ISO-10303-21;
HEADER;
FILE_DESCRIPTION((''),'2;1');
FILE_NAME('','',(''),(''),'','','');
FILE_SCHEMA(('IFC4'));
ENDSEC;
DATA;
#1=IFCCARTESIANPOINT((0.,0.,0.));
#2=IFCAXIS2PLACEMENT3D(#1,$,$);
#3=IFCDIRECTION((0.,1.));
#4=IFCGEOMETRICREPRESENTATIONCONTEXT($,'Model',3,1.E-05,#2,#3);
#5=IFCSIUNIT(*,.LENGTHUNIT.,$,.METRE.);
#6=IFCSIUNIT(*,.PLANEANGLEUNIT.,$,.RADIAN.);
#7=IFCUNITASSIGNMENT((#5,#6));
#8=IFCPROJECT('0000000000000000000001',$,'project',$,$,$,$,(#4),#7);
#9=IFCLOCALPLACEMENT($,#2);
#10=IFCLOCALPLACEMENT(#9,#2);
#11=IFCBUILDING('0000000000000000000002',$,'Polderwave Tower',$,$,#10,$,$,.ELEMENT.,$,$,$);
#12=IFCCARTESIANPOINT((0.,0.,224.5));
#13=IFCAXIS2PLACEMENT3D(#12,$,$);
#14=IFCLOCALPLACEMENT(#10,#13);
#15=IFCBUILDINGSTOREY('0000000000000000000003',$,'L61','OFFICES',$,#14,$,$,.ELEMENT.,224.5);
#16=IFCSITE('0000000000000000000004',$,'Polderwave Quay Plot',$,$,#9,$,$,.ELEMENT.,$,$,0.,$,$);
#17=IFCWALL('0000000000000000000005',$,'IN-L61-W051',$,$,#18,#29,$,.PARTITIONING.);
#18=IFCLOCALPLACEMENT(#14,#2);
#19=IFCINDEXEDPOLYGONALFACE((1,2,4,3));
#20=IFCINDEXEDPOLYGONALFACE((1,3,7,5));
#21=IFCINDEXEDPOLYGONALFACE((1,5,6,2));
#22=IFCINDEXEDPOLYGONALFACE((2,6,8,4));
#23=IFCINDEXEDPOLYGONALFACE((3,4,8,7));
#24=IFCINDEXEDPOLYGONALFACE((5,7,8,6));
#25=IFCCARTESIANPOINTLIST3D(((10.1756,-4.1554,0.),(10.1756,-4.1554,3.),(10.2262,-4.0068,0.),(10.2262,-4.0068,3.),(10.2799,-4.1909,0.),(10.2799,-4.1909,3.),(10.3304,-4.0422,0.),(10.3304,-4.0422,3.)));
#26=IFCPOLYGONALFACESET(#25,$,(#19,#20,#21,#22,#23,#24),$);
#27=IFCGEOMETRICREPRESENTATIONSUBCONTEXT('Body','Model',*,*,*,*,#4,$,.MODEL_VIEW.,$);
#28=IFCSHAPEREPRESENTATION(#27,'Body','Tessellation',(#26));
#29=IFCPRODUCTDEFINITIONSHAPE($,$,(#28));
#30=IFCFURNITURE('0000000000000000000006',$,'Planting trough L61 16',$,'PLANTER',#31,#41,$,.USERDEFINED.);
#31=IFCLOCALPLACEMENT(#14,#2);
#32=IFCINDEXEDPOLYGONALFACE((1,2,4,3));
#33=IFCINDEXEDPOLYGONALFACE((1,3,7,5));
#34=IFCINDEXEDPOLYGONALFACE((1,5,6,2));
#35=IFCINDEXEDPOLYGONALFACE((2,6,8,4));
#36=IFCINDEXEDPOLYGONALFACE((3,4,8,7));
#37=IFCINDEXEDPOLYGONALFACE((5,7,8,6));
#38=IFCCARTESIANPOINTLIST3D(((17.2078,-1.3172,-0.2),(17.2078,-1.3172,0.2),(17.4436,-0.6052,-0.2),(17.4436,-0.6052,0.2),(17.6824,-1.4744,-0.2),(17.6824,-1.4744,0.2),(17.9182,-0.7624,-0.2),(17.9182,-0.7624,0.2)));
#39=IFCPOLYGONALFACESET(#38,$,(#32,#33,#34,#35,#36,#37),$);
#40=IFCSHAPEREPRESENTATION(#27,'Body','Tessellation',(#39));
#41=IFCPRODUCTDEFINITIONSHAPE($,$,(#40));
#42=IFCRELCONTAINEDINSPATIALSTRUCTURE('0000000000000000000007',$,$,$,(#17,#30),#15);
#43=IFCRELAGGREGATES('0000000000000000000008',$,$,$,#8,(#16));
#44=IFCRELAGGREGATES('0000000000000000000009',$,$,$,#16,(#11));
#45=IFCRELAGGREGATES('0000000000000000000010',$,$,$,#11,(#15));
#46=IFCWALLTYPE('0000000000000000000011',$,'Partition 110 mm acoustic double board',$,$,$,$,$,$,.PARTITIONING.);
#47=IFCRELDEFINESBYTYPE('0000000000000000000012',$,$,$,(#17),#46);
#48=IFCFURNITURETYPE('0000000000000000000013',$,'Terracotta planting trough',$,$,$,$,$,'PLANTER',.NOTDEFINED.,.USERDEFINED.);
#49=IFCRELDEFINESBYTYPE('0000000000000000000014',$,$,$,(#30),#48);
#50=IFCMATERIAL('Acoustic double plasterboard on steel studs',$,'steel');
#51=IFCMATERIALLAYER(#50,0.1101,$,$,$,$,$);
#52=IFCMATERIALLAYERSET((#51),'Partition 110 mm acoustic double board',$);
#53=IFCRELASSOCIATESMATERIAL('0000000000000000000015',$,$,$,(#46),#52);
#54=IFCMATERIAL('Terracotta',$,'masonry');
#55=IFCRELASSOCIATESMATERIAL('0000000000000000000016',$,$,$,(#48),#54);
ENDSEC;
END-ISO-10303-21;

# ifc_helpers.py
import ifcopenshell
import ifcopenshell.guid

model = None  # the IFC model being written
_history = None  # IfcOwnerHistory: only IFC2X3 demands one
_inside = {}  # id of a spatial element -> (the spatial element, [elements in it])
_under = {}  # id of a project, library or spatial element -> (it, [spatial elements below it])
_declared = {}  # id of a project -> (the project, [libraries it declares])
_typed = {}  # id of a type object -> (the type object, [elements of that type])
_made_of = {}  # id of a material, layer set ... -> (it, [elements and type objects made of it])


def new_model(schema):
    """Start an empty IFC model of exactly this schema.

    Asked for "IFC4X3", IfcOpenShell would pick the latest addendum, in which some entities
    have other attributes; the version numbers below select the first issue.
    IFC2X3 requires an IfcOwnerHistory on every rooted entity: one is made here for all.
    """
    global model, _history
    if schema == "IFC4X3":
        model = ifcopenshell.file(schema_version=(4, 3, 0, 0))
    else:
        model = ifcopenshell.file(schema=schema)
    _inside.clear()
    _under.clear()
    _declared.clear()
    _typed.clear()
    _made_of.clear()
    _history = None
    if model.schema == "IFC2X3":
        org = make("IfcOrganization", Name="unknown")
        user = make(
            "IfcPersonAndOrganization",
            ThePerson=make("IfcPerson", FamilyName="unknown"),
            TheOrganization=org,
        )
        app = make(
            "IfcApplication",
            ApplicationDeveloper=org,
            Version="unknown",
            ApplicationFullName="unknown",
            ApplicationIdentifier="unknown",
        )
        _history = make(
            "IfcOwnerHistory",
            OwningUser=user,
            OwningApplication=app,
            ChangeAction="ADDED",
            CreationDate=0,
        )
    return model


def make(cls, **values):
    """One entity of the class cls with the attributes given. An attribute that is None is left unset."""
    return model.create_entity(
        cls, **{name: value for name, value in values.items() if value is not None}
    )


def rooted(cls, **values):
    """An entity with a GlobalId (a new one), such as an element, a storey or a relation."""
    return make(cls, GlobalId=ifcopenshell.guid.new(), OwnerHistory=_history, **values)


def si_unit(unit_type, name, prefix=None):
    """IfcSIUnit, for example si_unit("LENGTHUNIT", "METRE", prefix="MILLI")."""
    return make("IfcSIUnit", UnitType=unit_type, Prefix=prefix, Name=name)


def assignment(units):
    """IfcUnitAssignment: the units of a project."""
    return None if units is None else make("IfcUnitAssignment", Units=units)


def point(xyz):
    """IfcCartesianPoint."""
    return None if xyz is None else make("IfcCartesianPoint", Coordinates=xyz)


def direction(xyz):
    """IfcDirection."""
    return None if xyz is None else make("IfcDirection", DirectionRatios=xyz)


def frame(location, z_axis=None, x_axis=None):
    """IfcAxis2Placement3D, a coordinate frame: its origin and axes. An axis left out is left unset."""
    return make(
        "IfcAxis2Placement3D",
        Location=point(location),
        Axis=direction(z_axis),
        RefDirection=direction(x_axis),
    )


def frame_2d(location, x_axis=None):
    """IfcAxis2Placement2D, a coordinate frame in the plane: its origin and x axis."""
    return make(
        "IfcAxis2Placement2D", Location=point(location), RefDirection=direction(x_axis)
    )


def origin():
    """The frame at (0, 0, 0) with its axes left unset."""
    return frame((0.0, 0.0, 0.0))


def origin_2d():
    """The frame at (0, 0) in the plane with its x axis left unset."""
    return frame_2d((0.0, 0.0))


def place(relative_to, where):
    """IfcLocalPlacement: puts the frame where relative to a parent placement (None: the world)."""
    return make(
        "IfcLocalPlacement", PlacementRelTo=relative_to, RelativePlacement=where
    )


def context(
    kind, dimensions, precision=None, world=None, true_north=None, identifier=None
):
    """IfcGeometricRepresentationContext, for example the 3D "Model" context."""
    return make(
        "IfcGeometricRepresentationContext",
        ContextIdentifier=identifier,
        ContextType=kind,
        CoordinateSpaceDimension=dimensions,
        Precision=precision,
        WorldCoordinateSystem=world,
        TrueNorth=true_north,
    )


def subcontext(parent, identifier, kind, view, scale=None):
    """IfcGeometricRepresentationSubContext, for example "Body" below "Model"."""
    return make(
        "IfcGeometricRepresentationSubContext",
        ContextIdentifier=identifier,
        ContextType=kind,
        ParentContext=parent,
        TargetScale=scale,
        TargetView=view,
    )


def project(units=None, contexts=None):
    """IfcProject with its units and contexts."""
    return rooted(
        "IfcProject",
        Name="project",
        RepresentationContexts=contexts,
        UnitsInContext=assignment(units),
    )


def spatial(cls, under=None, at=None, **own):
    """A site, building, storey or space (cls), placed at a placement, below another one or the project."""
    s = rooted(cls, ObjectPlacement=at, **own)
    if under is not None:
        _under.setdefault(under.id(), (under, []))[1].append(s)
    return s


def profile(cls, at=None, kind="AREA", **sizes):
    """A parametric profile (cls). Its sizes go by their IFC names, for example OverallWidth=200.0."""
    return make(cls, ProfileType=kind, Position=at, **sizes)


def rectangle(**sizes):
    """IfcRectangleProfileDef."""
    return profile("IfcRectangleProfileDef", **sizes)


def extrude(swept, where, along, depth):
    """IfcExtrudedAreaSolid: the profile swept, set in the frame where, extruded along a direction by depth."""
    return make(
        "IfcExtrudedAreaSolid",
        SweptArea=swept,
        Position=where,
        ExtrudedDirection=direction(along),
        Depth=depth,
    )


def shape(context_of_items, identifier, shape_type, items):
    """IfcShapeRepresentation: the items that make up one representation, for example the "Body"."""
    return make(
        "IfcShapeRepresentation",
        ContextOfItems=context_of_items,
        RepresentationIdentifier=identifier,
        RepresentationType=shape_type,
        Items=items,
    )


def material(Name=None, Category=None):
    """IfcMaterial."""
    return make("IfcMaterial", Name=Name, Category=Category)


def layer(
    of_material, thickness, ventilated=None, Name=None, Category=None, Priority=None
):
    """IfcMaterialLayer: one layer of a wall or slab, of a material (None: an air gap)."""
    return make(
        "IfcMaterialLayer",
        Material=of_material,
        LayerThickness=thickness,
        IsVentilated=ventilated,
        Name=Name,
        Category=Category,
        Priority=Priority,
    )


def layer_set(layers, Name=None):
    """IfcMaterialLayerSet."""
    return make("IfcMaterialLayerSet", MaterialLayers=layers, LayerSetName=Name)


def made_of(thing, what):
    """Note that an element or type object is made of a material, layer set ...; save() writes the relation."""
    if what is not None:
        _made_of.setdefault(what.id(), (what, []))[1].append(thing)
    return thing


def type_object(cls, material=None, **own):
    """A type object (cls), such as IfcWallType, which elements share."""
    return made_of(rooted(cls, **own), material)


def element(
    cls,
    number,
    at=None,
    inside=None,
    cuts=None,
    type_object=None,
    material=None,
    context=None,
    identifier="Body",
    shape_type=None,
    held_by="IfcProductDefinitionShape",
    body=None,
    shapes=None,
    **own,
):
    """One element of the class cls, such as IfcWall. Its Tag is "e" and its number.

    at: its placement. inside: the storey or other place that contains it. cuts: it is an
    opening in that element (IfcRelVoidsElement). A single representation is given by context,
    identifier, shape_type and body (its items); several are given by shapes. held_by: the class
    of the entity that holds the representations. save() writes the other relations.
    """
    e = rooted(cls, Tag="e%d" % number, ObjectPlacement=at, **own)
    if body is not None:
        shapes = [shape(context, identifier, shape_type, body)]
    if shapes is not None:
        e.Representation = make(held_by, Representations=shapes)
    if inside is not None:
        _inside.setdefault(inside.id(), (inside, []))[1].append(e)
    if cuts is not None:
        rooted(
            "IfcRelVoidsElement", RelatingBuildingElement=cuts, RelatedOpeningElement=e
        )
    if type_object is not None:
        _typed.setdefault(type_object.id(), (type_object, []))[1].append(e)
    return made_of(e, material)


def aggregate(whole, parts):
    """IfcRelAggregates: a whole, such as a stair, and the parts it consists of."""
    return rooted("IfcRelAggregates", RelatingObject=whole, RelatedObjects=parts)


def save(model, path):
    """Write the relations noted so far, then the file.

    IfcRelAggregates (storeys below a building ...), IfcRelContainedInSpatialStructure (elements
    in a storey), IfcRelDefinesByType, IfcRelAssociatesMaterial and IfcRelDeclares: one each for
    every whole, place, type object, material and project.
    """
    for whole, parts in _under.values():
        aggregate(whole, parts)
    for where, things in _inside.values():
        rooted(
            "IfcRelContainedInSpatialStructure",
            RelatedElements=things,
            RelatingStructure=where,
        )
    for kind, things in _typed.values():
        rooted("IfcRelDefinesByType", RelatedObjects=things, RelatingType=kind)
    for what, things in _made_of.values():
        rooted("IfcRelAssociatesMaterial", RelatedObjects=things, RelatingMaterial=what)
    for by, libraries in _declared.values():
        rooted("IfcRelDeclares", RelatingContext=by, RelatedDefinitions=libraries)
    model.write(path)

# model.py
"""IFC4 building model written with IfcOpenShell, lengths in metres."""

from ifc_helpers import new_model, si_unit, direction, frame, frame_2d, origin, origin_2d, place, context, subcontext, project, spatial, rectangle, extrude, material, layer, layer_set, type_object, element, save


model = new_model("IFC4")

# Units and contexts
model_context = context("Model", 3, precision=1e-05, world=origin(), true_north=direction((0.0, 1.0)))
body_context = subcontext(model_context, "Body", "Model", "MODEL_VIEW")
ifc_project = project(units=[si_unit("LENGTHUNIT", "METRE"), si_unit("PLANEANGLEUNIT", "RADIAN")], contexts=[model_context])

# Site, building, storey
site_placement = place(None, origin())
site = spatial("IfcSite", under=ifc_project, at=site_placement, Name="Polderwave Quay Plot", CompositionType="ELEMENT", RefElevation=0.0)
building_placement = place(site_placement, origin())
building = spatial("IfcBuilding", under=site, at=building_placement, Name="Polderwave Tower", CompositionType="ELEMENT")
storey_placement = place(building_placement, frame((0.0, 0.0, 224.5)))
storey = spatial("IfcBuildingStorey", under=building, at=storey_placement, Name="L61", Description="OFFICES", CompositionType="ELEMENT", Elevation=224.5)

# Wall
ifc_material_1 = material(Name="Acoustic double plasterboard on steel studs", Category="steel")
ifc_layer_1 = layer(ifc_material_1, 0.1101)
ifc_layer_set_1 = layer_set([ifc_layer_1], Name="Partition 110 mm acoustic double board")
wall_type_1 = type_object("IfcWallType", Name="Partition 110 mm acoustic double board", PredefinedType="PARTITIONING", material=ifc_layer_set_1)
wall_1_placement = place(storey_placement, frame((10.2783, -4.0244, 0.0), z_axis=(0.0, 0.0, 1.0), x_axis=(-0.321819, -0.946801, 0.0)))
element("IfcWall", 1, at=wall_1_placement, inside=storey, type_object=wall_type_1, Name="IN-L61-W051", PredefinedType="PARTITIONING", context=body_context, shape_type="SweptSolid", body=[
    extrude(rectangle(XDim=0.157, YDim=0.1101, at=frame_2d((0.0786, 0.0))), origin(), (0.0, 0.0, 1.0), 3.0),
])

# Furniture
ifc_material_2 = material(Name="Terracotta", Category="masonry")
furniture_type = type_object("IfcFurnitureType", Name="Terracotta planting trough", ElementType="PLANTER", AssemblyPlace="NOTDEFINED", PredefinedType="USERDEFINED", material=ifc_material_2)
furniture_placement = place(storey_placement, frame((17.563, -1.0398, -0.2), z_axis=(0.0, 0.0, 1.0), x_axis=(0.314408, 0.949288, 0.0)))
element("IfcFurniture", 2, at=furniture_placement, inside=storey, type_object=furniture_type, Name="Planting trough L61 16", ObjectType="PLANTER", PredefinedType="USERDEFINED", context=body_context, shape_type="SweptSolid", body=[
    extrude(rectangle(XDim=0.75, YDim=0.5, at=origin_2d()), origin(), (0.0, 0.0, 1.0), 0.3999),
])

save(model, "model.ifc")
